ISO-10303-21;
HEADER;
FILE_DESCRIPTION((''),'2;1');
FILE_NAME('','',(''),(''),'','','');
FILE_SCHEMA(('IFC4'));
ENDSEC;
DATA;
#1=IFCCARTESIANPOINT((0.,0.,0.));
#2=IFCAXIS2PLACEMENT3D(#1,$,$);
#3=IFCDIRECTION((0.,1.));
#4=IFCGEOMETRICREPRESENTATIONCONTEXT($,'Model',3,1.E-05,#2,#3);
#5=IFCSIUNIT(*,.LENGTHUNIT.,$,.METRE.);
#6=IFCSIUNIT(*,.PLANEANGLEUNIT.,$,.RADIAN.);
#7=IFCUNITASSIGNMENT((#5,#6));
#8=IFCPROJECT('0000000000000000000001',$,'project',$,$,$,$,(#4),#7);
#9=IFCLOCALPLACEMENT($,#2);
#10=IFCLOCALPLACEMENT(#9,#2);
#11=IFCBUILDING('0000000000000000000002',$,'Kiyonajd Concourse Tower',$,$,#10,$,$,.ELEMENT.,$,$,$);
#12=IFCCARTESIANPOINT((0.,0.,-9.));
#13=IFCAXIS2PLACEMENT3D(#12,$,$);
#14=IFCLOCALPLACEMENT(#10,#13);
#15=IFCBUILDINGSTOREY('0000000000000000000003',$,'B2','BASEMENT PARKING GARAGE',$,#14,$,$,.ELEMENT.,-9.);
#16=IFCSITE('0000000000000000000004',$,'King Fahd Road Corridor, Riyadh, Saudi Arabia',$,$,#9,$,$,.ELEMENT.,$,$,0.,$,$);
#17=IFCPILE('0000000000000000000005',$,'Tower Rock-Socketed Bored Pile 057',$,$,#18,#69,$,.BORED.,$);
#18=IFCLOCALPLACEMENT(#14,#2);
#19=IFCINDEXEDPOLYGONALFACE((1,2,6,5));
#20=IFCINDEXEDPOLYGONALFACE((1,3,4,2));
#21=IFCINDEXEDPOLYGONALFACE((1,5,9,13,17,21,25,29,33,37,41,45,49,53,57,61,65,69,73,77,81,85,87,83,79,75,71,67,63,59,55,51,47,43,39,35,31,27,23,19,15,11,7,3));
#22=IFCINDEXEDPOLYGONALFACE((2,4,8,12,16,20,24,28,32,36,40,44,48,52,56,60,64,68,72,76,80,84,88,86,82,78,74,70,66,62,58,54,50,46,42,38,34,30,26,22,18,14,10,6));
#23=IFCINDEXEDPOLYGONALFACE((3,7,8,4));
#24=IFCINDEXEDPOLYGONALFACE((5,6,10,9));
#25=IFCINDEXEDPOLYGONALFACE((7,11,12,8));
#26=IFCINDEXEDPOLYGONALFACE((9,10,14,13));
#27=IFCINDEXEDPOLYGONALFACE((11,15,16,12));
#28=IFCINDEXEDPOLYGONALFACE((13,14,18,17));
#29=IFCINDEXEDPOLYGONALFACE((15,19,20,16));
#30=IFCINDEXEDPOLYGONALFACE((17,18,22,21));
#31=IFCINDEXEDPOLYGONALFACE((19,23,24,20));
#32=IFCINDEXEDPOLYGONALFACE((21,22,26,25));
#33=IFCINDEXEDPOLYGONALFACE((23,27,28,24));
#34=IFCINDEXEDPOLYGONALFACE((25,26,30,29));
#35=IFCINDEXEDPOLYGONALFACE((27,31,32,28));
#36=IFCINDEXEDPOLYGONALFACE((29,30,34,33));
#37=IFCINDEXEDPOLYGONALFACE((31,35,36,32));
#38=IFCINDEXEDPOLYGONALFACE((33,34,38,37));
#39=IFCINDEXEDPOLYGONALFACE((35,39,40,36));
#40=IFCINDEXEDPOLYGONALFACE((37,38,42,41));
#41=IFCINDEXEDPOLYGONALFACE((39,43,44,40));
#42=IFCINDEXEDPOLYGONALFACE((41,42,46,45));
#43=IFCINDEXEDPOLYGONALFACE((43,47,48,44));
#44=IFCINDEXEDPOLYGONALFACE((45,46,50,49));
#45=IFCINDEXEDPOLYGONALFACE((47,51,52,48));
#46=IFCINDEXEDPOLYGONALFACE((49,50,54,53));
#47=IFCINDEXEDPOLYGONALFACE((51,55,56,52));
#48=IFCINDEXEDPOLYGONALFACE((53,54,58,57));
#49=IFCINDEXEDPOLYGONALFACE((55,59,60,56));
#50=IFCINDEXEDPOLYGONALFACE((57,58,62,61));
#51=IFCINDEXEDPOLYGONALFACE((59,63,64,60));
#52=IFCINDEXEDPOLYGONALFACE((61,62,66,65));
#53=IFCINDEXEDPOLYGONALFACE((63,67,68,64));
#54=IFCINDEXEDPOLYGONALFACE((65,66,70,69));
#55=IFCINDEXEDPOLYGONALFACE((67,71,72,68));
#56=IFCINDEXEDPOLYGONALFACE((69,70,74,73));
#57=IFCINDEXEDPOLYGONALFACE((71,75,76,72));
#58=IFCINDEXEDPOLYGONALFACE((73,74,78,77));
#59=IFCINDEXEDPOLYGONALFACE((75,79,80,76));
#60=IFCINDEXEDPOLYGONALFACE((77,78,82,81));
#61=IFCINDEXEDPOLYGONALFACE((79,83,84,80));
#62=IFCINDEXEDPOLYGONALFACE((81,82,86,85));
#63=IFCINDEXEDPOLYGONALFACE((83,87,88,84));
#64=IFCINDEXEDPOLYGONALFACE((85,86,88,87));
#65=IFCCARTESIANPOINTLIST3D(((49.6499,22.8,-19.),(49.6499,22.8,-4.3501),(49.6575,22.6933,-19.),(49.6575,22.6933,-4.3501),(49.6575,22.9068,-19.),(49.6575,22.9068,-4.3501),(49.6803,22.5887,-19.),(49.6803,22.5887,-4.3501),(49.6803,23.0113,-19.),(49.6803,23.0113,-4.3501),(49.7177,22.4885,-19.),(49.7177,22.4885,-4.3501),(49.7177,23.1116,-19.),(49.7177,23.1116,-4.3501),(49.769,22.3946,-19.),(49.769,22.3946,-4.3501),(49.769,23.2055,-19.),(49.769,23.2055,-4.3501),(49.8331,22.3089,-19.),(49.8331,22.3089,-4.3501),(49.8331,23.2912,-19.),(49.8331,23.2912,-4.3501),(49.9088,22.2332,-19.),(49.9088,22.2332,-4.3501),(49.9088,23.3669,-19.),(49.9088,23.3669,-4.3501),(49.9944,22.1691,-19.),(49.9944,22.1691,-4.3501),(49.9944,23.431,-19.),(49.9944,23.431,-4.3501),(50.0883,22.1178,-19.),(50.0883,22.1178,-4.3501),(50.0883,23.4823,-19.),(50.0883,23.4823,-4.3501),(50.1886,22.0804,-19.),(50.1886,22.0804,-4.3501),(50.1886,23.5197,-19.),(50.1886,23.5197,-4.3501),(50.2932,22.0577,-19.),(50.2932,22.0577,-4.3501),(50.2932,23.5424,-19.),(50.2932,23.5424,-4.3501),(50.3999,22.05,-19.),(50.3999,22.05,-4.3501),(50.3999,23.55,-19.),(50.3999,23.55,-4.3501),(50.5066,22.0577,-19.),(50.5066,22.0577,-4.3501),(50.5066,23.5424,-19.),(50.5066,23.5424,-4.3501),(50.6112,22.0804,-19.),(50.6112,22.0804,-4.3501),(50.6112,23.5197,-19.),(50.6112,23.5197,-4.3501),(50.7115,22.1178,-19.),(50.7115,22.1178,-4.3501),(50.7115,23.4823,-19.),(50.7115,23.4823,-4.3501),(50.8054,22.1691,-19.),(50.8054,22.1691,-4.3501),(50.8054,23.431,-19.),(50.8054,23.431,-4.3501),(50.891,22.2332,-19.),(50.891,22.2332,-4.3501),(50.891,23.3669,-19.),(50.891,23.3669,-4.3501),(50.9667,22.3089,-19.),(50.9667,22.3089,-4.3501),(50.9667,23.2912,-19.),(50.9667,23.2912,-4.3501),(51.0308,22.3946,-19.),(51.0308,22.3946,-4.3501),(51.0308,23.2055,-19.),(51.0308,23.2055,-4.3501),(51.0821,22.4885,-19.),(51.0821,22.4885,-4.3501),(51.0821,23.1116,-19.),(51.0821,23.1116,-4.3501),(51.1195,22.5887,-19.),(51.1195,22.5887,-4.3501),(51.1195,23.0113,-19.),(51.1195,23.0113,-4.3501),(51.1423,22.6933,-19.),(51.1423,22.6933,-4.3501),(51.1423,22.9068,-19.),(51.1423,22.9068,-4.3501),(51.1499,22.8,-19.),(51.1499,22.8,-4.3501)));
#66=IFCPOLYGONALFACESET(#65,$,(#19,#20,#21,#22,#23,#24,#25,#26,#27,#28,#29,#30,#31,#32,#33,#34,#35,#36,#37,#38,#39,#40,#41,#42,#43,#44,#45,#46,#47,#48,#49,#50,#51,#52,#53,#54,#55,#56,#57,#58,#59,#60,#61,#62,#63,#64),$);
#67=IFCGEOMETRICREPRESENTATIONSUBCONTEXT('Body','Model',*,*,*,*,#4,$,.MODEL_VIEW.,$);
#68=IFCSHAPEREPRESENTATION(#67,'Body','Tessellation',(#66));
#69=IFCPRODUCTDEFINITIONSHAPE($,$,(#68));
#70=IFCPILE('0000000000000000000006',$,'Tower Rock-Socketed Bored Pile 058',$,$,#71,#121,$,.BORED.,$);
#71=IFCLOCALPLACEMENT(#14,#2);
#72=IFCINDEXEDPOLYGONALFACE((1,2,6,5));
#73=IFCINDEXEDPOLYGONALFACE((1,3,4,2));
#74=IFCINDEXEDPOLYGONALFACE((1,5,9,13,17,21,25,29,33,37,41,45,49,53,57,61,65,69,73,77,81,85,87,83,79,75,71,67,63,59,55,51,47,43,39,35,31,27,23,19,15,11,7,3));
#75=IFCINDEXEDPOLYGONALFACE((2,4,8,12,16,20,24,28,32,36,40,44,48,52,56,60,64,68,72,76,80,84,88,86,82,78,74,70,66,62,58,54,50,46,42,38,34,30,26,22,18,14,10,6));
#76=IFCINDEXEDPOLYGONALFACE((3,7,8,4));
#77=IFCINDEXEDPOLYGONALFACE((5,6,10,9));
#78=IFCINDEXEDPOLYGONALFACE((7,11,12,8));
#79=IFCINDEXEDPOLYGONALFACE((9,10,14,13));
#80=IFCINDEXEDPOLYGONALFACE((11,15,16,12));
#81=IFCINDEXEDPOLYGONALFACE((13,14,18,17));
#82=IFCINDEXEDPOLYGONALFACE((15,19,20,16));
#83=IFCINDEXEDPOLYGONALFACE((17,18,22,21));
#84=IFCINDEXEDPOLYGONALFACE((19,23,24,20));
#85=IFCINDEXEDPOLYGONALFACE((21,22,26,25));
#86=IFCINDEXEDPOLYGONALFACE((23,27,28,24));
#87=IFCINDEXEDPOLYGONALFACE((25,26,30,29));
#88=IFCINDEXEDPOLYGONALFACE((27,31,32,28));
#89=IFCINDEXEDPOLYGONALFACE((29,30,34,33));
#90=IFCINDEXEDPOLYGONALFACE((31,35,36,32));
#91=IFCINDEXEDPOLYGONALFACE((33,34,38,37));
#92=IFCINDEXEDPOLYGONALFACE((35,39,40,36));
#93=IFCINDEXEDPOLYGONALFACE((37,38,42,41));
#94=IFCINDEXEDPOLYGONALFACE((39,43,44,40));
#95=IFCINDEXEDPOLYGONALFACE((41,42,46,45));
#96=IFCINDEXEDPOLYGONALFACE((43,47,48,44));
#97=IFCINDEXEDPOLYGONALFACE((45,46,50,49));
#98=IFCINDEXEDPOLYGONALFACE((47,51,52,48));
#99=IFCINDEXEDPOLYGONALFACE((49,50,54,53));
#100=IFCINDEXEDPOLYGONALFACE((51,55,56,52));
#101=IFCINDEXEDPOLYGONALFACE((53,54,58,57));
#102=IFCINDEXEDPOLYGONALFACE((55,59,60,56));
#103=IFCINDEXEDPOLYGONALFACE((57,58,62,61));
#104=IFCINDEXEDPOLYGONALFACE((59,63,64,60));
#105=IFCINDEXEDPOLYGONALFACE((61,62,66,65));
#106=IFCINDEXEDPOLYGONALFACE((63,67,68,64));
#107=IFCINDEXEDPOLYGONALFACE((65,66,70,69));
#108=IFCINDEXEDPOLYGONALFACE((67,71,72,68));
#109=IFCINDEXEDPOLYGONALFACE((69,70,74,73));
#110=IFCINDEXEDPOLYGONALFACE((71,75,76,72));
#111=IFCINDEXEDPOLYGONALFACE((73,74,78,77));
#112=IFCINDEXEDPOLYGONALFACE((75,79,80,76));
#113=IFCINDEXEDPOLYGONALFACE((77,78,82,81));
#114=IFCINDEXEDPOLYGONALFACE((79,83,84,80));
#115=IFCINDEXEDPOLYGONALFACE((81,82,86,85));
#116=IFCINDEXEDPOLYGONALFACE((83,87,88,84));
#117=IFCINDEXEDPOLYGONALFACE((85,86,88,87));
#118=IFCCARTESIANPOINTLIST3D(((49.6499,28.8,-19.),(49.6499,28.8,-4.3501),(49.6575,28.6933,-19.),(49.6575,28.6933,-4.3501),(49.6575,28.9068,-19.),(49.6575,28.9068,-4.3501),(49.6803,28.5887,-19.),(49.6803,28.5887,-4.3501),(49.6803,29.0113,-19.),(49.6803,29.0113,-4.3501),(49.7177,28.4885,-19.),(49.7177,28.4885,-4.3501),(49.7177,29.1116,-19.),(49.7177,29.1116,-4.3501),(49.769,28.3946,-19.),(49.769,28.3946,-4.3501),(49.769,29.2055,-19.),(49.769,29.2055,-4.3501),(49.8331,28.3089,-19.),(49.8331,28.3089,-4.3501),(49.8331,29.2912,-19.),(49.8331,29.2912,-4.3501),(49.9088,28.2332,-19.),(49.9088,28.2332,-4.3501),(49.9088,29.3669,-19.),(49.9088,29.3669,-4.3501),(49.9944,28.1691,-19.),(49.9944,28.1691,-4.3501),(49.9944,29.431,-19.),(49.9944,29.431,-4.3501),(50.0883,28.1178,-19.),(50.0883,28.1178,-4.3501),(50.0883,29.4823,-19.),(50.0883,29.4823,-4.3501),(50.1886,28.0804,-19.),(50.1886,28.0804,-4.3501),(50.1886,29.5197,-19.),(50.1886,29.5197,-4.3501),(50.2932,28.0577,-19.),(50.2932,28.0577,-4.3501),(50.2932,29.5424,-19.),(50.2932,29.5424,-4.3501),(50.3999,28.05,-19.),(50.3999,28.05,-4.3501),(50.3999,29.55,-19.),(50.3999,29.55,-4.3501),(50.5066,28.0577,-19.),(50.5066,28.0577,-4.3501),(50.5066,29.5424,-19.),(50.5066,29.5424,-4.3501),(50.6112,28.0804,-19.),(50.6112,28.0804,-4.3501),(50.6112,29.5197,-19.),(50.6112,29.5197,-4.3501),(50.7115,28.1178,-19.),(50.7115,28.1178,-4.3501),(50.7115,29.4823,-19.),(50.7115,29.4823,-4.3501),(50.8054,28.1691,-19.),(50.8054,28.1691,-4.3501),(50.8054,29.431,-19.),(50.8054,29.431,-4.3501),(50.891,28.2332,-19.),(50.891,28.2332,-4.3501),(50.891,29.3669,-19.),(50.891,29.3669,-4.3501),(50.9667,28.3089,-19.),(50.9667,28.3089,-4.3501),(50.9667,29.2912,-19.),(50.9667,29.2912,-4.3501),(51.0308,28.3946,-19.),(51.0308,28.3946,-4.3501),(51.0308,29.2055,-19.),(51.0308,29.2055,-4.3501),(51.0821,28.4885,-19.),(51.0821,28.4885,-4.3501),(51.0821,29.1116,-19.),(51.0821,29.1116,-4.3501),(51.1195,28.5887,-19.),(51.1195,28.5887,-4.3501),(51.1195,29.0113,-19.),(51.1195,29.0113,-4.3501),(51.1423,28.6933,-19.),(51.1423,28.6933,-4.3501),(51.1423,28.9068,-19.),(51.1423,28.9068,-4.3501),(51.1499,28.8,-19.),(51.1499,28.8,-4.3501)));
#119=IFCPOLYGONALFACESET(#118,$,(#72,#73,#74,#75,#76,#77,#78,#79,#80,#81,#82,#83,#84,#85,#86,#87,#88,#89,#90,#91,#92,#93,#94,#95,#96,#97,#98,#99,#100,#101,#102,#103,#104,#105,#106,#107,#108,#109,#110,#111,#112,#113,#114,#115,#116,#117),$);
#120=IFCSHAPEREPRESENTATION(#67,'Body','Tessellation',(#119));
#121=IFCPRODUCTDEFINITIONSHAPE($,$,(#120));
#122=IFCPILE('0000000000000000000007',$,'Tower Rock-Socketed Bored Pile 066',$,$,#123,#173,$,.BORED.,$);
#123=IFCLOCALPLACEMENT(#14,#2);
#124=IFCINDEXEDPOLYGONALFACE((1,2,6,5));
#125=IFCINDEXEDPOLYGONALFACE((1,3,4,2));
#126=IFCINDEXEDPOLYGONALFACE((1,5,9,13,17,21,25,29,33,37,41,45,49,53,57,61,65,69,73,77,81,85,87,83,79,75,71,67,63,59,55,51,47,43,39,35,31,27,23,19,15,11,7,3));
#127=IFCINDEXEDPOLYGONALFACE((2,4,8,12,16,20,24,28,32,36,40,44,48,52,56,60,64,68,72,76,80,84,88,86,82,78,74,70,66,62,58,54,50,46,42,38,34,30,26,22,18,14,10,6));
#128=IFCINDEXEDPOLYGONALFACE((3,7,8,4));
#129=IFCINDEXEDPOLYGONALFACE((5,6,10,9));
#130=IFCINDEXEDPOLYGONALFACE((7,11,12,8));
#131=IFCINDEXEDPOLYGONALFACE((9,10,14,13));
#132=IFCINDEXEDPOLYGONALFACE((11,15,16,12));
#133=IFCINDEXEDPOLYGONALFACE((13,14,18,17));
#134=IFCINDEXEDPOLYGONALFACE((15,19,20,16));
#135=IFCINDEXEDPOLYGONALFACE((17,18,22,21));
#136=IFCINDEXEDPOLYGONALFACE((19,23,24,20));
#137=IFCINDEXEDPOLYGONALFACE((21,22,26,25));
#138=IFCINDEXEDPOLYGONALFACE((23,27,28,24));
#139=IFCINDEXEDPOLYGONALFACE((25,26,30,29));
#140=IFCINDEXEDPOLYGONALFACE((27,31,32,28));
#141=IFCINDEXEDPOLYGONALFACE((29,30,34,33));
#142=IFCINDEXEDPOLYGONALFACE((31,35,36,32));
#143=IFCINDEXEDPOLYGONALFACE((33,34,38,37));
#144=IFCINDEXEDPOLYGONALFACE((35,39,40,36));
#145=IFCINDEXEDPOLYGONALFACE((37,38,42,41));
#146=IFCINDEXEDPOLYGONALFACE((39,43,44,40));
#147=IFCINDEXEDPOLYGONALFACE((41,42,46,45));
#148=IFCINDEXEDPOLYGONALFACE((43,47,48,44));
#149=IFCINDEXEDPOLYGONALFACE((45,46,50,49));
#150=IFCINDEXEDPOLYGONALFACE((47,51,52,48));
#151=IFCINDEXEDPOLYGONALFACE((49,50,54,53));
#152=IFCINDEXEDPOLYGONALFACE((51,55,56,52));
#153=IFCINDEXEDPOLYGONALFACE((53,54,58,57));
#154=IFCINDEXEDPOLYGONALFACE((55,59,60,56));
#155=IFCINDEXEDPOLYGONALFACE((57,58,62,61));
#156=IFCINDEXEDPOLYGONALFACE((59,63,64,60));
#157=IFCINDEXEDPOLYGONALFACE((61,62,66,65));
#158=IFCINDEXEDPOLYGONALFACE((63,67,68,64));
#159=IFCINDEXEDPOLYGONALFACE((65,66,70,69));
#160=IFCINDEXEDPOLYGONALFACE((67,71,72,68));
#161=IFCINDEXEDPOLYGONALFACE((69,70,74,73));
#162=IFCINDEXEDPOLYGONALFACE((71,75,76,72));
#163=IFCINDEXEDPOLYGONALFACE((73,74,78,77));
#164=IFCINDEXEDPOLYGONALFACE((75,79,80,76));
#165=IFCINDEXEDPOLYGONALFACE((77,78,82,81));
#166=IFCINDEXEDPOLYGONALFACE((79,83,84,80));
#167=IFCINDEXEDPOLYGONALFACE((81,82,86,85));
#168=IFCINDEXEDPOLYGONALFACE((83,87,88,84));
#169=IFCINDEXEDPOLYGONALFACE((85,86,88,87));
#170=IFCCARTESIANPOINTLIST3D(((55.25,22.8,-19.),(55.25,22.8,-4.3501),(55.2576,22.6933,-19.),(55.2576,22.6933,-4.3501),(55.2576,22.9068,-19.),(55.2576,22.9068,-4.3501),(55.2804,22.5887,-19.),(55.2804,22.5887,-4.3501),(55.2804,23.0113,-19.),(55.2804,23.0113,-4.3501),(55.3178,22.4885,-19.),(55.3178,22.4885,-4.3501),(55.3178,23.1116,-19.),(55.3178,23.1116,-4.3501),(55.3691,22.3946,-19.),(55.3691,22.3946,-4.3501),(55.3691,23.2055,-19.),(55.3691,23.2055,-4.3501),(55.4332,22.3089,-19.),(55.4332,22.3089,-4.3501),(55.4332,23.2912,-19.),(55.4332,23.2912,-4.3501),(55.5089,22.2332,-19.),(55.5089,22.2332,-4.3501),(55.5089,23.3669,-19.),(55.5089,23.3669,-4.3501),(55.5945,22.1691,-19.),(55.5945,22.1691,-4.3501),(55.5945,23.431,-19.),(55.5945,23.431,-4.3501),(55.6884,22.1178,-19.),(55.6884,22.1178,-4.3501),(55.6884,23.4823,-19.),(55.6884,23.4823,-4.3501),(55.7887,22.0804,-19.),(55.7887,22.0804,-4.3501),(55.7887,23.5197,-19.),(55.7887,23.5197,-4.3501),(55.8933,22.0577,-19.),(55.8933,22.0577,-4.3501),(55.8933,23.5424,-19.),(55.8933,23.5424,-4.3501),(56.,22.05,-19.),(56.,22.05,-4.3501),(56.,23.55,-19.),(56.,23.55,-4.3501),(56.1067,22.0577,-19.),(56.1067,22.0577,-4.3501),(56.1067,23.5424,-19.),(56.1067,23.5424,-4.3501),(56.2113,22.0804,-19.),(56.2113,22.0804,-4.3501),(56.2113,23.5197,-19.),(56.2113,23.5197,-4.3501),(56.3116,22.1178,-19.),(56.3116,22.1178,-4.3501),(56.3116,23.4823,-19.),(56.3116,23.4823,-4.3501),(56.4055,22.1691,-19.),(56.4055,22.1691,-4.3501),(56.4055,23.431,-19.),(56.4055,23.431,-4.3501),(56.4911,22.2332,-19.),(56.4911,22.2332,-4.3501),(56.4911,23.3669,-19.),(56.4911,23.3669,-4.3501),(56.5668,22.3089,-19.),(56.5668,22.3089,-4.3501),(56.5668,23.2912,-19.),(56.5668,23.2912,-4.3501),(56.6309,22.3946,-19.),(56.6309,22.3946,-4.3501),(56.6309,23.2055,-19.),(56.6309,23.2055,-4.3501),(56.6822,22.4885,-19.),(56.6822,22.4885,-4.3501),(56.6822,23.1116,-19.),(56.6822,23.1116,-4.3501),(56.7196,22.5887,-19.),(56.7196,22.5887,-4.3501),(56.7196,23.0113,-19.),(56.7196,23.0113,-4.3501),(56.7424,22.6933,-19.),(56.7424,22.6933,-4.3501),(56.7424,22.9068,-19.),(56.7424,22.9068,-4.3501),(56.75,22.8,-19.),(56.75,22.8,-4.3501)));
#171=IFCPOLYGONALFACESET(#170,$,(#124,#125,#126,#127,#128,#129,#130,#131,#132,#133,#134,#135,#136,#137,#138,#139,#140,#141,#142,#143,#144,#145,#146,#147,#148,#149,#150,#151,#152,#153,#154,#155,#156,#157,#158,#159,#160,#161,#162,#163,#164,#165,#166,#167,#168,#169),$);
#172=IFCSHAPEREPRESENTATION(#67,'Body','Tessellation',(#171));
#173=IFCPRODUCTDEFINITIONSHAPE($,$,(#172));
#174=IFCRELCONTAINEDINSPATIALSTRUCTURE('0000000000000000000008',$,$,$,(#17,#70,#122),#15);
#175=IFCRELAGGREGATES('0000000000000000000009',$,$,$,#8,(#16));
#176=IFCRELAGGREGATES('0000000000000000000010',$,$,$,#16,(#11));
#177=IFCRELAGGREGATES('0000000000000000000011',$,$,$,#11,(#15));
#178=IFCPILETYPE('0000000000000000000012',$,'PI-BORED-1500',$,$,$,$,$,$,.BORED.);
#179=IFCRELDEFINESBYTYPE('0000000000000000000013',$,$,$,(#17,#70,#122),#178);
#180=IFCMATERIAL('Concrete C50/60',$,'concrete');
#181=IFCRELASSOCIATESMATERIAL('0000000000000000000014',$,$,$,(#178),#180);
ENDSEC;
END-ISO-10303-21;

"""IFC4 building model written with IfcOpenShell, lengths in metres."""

from ifc_helpers import new_model, si_unit, direction, frame, origin, origin_2d, place, context, subcontext, project, spatial, circle, extrude, material, material_profile, profile_set, type_object, element, save


model = new_model("IFC4")

# Units and contexts
model_context = context("Model", 3, precision=1e-05, world=origin(), true_north=direction((0.0, 1.0)))
body_context = subcontext(model_context, "Body", "Model", "MODEL_VIEW")
ifc_project = project(units=[si_unit("LENGTHUNIT", "METRE"), si_unit("PLANEANGLEUNIT", "RADIAN")], contexts=[model_context])

# Site, building, storey
site_placement = place(None, origin())
site = spatial("IfcSite", under=ifc_project, at=site_placement, Name="King Fahd Road Corridor, Riyadh, Saudi Arabia", CompositionType="ELEMENT", RefElevation=0.0)
building_placement = place(site_placement, origin())
building = spatial("IfcBuilding", under=site, at=building_placement, Name="Kiyonajd Concourse Tower", CompositionType="ELEMENT")
storey_placement = place(building_placement, frame((0.0, 0.0, -9.0)))
storey = spatial("IfcBuildingStorey", under=building, at=storey_placement, Name="B2", Description="BASEMENT PARKING GARAGE", CompositionType="ELEMENT", Elevation=-9.0)

# Piles
ifc_material_1 = material(Name="Concrete C50/60", Category="concrete")
ifc_material_profile_1 = material_profile(ifc_material_1, circle(Radius=0.75, at=origin_2d()), Name="PILE-D1500")
ifc_profile_set_1 = profile_set([ifc_material_profile_1], Name="Concrete C50/60")
pile_type = type_object("IfcPileType", Name="PI-BORED-1500", PredefinedType="BORED", material=ifc_profile_set_1)
for number, where, z_axis, x_axis, name in (
    (1, (50.3999, 22.8, -4.3501), (0.0, 0.0, -1.0), (1.0, 0.0, 0.0), "Tower Rock-Socketed Bored Pile 057"),
    (2, (50.3999, 28.8, -4.3501), (0.0, 0.0, -1.0), (1.0, 0.0, 0.0), "Tower Rock-Socketed Bored Pile 058"),
    (3, (56.0, 22.8, -4.3501), (0.0, 0.0, -1.0), (1.0, 0.0, 0.0), "Tower Rock-Socketed Bored Pile 066"),
):
    element("IfcPile", number, at=place(storey_placement, frame(where, z_axis=z_axis, x_axis=x_axis)), inside=storey, type_object=pile_type, Name=name, PredefinedType="BORED", context=body_context, shape_type="SweptSolid", body=[
        extrude(circle(Radius=0.75, at=origin_2d()), origin(), (0.0, 0.0, 1.0), 14.6499),
    ])

save(model, "model.ifc")
